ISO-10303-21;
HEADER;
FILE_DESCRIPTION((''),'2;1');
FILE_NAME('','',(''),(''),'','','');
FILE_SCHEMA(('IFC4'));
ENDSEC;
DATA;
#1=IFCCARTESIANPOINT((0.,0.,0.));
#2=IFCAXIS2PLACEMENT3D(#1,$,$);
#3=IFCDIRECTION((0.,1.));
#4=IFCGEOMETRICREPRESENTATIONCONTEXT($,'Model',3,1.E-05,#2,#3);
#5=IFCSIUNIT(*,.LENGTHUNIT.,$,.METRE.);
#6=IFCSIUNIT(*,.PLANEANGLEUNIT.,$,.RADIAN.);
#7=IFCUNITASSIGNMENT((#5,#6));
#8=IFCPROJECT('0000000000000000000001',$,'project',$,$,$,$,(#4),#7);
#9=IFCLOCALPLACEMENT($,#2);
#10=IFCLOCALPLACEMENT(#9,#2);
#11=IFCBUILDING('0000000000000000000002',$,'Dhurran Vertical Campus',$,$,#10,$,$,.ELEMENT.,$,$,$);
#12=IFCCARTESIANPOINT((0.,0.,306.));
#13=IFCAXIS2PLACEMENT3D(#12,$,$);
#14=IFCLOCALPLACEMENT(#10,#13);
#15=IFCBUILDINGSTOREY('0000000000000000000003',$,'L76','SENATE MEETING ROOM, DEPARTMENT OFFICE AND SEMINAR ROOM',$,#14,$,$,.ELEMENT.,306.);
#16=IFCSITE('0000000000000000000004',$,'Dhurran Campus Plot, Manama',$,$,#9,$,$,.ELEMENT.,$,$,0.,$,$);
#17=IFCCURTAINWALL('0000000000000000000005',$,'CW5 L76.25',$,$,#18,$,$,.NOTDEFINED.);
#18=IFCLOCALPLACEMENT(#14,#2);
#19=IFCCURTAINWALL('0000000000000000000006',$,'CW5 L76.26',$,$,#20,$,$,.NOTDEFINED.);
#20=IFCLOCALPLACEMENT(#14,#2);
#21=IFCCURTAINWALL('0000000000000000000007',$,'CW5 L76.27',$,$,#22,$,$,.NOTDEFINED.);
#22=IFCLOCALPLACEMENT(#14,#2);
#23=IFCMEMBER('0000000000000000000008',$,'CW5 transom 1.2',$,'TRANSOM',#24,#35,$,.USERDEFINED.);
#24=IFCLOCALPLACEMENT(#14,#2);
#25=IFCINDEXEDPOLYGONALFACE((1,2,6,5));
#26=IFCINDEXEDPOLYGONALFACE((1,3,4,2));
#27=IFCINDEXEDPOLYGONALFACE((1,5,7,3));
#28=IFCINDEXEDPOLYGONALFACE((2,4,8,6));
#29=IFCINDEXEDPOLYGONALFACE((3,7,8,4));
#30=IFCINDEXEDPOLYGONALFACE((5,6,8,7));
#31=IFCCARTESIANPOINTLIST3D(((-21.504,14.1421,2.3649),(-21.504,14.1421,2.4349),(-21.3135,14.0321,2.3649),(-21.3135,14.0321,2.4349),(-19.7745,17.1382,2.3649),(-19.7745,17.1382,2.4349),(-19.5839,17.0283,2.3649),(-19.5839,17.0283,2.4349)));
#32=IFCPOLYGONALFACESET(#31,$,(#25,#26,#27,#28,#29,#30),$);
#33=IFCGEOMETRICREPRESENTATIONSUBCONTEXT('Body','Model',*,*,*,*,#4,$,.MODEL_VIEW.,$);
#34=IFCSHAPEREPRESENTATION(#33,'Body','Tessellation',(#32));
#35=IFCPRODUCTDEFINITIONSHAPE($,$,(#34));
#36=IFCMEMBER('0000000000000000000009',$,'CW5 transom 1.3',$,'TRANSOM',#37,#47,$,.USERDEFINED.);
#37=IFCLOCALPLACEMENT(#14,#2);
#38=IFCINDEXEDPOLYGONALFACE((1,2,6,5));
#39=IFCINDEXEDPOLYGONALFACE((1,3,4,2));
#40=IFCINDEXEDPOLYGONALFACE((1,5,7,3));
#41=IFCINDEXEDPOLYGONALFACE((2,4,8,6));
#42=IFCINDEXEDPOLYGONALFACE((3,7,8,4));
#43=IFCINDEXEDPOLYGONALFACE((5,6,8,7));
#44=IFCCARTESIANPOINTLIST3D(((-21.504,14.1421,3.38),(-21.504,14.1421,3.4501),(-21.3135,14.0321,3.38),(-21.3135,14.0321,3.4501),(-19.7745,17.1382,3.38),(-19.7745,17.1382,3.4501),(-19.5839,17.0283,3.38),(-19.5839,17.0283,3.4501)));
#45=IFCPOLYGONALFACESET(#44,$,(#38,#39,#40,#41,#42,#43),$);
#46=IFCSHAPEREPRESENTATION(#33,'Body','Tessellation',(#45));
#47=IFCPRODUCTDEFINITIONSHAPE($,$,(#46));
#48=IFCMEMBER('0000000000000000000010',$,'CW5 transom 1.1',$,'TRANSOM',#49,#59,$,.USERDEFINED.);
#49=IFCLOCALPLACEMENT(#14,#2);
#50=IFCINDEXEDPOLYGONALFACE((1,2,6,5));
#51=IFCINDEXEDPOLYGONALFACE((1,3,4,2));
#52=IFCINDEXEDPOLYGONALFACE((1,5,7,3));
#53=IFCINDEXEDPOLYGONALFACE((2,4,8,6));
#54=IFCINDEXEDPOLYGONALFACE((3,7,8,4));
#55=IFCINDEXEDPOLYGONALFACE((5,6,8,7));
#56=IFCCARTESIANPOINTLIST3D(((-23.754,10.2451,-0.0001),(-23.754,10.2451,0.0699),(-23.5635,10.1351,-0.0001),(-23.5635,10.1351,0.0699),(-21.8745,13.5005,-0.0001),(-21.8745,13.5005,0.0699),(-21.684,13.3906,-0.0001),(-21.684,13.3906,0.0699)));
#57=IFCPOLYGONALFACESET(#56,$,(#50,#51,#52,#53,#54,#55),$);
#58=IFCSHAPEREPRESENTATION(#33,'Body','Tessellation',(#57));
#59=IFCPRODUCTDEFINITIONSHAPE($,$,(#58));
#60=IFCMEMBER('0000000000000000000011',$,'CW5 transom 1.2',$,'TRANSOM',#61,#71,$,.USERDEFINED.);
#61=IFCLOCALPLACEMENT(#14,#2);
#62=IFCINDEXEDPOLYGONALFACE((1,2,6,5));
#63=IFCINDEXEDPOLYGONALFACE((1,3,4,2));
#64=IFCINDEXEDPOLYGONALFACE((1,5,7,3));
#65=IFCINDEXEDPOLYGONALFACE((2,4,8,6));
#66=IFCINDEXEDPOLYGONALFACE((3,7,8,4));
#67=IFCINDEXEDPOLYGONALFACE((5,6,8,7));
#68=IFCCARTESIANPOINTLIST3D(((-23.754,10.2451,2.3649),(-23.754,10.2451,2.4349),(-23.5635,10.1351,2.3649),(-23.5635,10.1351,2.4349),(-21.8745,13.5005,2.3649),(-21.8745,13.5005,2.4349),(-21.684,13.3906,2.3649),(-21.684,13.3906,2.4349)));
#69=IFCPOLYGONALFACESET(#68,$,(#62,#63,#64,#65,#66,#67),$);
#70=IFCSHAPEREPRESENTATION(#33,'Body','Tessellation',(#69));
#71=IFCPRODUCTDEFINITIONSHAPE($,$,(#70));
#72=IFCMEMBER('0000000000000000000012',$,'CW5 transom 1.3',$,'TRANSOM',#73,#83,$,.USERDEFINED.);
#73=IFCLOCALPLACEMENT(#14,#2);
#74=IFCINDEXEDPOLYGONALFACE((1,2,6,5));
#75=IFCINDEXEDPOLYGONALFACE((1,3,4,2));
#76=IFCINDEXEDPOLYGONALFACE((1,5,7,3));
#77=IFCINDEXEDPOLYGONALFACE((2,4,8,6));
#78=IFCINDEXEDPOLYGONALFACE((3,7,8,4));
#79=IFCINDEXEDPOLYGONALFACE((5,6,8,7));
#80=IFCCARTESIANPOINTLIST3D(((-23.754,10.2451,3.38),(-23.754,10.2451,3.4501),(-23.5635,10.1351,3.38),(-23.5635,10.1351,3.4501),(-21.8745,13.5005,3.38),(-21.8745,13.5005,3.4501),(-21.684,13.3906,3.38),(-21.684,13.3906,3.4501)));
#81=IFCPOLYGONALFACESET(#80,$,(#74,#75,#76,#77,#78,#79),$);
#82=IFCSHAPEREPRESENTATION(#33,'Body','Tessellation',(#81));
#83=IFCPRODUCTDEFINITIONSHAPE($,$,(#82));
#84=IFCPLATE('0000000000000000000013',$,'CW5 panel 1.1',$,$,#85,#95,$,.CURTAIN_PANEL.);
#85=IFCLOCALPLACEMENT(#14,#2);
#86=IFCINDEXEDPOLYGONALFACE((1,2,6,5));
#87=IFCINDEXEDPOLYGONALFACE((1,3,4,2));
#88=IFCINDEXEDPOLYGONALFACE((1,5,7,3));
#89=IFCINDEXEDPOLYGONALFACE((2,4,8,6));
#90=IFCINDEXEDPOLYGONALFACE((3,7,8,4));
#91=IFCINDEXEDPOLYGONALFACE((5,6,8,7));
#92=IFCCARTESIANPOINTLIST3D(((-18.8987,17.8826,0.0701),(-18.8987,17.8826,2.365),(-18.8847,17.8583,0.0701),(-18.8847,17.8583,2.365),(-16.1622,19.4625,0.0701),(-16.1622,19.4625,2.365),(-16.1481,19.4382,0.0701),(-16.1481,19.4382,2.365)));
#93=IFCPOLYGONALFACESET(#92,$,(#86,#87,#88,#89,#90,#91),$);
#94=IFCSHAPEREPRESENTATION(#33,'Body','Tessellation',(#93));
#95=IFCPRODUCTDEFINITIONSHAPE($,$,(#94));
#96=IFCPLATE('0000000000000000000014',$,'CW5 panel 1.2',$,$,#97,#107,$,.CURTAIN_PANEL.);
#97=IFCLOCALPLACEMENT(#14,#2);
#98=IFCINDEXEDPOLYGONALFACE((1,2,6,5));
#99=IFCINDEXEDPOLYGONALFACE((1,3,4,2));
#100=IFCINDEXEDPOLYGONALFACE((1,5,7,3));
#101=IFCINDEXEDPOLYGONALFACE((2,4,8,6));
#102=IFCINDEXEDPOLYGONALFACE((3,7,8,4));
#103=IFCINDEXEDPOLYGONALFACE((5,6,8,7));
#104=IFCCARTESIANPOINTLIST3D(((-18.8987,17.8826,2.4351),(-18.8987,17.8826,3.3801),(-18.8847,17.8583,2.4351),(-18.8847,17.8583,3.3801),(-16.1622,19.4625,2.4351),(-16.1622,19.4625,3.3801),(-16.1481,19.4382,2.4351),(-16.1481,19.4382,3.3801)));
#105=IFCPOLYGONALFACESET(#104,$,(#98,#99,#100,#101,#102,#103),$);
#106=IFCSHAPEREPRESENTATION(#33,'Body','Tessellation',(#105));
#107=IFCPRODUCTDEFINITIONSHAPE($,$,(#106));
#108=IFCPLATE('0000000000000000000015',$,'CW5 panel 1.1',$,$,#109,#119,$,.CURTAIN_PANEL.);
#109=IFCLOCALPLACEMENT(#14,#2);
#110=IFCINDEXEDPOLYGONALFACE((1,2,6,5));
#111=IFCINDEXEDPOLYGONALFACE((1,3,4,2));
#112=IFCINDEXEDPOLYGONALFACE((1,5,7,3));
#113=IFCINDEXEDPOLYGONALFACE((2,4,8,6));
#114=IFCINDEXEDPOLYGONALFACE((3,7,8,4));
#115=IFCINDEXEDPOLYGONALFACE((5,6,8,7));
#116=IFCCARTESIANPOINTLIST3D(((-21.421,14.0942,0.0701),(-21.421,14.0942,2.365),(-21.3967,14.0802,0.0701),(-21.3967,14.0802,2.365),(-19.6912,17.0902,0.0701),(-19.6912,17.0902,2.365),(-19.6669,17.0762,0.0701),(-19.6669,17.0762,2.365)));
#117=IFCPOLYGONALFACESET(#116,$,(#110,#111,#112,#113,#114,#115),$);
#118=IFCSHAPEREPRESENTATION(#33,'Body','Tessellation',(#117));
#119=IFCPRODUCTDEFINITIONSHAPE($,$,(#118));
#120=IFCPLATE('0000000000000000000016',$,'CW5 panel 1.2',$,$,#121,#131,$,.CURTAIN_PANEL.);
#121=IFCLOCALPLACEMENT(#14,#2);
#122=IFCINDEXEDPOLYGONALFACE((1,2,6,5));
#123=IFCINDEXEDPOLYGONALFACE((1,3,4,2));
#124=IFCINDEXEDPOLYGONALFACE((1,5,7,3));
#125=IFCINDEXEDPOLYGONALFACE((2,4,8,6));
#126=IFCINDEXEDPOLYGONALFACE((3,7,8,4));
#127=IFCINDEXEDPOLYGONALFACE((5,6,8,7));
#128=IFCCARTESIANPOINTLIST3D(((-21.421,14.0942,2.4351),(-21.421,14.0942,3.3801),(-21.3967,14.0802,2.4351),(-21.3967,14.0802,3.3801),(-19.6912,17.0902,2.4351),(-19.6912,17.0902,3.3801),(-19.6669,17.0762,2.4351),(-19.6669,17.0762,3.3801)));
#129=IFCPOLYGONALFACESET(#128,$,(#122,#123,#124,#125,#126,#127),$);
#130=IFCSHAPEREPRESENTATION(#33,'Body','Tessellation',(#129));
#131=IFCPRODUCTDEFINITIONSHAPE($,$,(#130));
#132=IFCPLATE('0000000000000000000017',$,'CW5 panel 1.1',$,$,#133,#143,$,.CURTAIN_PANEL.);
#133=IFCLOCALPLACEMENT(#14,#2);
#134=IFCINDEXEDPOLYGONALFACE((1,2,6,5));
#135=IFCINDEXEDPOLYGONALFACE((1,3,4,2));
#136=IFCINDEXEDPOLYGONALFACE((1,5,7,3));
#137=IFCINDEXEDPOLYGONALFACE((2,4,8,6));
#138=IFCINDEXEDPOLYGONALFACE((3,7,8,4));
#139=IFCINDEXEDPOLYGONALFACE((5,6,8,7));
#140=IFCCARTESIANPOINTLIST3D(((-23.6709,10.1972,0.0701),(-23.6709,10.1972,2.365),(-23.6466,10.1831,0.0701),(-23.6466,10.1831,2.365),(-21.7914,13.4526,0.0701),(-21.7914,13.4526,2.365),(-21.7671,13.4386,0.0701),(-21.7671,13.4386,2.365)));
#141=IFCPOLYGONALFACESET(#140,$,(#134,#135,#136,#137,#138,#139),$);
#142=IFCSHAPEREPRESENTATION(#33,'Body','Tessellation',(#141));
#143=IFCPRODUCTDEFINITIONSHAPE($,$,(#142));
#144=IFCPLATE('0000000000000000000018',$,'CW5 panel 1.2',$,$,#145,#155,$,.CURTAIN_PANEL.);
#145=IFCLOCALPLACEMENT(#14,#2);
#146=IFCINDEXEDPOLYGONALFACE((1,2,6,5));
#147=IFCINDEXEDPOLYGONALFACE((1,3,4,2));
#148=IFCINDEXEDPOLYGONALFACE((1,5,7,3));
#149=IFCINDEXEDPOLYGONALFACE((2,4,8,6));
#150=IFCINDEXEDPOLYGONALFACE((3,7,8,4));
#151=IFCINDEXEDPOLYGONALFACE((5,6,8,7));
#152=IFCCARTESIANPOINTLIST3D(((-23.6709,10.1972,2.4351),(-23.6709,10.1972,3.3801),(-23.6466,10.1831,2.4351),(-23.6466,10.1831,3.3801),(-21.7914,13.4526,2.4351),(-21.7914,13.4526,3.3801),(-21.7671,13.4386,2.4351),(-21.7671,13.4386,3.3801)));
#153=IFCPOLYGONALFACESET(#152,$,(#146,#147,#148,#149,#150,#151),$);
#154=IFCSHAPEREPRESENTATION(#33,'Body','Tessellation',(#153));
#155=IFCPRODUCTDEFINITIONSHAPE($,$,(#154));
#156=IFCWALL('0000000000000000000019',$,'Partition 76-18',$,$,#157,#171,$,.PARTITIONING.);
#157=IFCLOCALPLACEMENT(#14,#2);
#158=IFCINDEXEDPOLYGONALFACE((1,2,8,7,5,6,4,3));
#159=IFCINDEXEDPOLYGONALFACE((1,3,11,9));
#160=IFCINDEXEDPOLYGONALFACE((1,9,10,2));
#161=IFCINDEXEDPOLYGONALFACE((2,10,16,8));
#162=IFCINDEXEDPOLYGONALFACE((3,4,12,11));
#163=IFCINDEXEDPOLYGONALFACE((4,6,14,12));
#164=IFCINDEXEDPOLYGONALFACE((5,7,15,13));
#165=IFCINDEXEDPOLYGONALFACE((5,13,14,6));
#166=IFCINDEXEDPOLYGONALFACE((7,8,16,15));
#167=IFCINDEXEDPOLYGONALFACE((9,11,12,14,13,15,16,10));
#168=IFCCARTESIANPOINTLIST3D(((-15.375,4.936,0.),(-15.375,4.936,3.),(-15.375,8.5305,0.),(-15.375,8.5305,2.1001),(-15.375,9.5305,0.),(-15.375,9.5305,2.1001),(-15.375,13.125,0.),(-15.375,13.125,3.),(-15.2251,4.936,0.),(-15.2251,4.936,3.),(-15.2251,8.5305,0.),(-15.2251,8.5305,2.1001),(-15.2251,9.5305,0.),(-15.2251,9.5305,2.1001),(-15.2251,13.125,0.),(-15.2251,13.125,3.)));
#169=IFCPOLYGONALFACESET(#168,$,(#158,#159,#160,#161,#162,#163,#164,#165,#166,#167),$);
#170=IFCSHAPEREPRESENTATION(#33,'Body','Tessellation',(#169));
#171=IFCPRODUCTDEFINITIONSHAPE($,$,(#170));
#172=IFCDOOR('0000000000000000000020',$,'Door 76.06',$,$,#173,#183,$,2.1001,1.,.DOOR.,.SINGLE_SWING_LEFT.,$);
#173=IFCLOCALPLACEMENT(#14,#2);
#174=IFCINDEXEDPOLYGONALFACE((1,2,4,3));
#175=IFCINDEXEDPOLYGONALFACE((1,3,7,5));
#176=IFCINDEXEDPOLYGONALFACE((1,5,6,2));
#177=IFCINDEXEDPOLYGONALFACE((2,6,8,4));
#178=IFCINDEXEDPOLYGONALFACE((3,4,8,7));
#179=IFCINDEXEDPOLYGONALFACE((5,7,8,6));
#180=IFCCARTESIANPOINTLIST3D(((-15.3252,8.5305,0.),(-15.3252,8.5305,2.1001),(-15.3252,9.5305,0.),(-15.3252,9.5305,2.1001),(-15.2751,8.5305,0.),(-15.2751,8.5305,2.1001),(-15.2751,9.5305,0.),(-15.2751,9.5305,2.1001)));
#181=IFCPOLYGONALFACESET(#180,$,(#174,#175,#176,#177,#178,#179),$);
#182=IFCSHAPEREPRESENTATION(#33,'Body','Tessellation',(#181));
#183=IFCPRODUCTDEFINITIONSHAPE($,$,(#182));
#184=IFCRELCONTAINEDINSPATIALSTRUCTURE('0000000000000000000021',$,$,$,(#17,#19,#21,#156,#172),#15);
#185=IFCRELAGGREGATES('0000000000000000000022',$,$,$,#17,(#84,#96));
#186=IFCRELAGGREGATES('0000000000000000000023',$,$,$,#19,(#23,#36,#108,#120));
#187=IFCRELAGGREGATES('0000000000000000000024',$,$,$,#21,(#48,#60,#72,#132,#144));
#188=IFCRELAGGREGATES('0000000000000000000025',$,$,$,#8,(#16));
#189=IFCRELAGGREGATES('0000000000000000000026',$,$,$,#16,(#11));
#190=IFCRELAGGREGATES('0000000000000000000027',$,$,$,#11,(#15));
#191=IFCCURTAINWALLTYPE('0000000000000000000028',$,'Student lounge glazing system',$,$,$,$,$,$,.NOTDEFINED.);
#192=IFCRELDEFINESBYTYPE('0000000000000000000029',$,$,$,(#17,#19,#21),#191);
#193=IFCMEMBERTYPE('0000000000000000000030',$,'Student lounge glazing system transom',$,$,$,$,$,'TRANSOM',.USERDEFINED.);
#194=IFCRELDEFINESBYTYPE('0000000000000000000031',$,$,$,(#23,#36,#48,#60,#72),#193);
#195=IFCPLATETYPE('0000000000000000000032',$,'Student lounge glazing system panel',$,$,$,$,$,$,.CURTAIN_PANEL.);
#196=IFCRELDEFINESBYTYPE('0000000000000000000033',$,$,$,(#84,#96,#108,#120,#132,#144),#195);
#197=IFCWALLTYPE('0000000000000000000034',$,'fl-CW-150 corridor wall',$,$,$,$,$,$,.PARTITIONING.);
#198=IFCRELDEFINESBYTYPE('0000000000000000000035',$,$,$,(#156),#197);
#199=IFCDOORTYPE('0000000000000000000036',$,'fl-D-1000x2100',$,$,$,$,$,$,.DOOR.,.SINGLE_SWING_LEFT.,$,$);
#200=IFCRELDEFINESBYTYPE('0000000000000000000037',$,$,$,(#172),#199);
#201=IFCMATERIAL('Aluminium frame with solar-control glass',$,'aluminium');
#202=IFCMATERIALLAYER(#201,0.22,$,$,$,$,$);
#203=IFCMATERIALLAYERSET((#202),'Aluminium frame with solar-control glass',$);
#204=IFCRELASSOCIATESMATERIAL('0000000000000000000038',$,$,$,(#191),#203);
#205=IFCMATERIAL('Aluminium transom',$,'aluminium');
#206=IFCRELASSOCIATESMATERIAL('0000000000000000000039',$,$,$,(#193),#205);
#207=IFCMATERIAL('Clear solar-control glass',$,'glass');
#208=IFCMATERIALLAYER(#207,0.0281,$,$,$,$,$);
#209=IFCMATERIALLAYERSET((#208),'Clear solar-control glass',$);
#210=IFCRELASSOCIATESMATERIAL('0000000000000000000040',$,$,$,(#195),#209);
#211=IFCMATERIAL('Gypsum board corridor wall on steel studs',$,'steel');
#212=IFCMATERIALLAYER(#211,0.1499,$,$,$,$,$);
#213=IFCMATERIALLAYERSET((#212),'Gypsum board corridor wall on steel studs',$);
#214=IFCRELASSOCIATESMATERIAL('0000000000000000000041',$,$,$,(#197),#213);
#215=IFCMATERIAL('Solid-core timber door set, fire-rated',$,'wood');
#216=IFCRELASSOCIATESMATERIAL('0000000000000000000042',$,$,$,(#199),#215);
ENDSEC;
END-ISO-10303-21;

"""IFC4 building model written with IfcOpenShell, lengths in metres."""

from ifc_helpers import new_model, si_unit, direction, frame, frame_2d, origin, origin_2d, place, context, subcontext, project, spatial, rectangle, extrude, material, layer, layer_set, material_profile, profile_set, type_object, element, fill, aggregate, save


model = new_model("IFC4")

# Units and contexts
model_context = context("Model", 3, precision=1e-05, world=origin(), true_north=direction((0.0, 1.0)))
body_context = subcontext(model_context, "Body", "Model", "MODEL_VIEW")
ifc_project = project(units=[si_unit("LENGTHUNIT", "METRE"), si_unit("PLANEANGLEUNIT", "RADIAN")], contexts=[model_context])

# Site, building, storey
site_placement = place(None, origin())
site = spatial("IfcSite", under=ifc_project, at=site_placement, Name="Dhurran Campus Plot, Manama", CompositionType="ELEMENT", RefElevation=0.0)
building_placement = place(site_placement, origin())
building = spatial("IfcBuilding", under=site, at=building_placement, Name="Dhurran Vertical Campus", CompositionType="ELEMENT")
storey_placement = place(building_placement, frame((0.0, 0.0, 306.0)))
storey = spatial("IfcBuildingStorey", under=building, at=storey_placement, Name="L76", Description="SENATE MEETING ROOM, DEPARTMENT OFFICE AND SEMINAR ROOM", CompositionType="ELEMENT", Elevation=306.0)

# Curtain walls
ifc_material_1 = material(Name="Aluminium frame with solar-control glass", Category="aluminium")
ifc_layer_1 = layer(ifc_material_1, 0.22)
ifc_layer_set_1 = layer_set([ifc_layer_1], Name="Aluminium frame with solar-control glass")
curtain_wall_type = type_object("IfcCurtainWallType", Name="Student lounge glazing system", PredefinedType="NOTDEFINED", material=ifc_layer_set_1)
curtain_wall_1_placement = place(storey_placement, origin())
curtain_wall_1 = element("IfcCurtainWall", 1, at=curtain_wall_1_placement, inside=storey, type_object=curtain_wall_type, Name="CW5 L76.25", PredefinedType="NOTDEFINED")
curtain_wall_2_placement = place(storey_placement, origin())
curtain_wall_2 = element("IfcCurtainWall", 2, at=curtain_wall_2_placement, inside=storey, type_object=curtain_wall_type, Name="CW5 L76.26", PredefinedType="NOTDEFINED")
curtain_wall_3_placement = place(storey_placement, origin())
curtain_wall_3 = element("IfcCurtainWall", 3, at=curtain_wall_3_placement, inside=storey, type_object=curtain_wall_type, Name="CW5 L76.27", PredefinedType="NOTDEFINED")

# Members
ifc_material_2 = material(Name="Aluminium transom", Category="aluminium")
ifc_material_profile_1 = material_profile(ifc_material_2, rectangle(XDim=0.22, YDim=0.0701, at=origin_2d()), Name="Student lounge glazing system transom")
ifc_profile_set_1 = profile_set([ifc_material_profile_1], Name="Aluminium transom")
member_type_1 = type_object("IfcMemberType", Name="Student lounge glazing system transom", ElementType="TRANSOM", PredefinedType="USERDEFINED", material=ifc_profile_set_1)
member_1_placement = place(storey_placement, frame((-19.6792, 17.0833, 2.3999), z_axis=(-0.499934, -0.866063, 0.0), x_axis=(0.866063, -0.499934, 0.0)))
member_1 = element("IfcMember", 4, at=member_1_placement, type_object=member_type_1, Name="CW5 transom 1.2", ObjectType="TRANSOM", PredefinedType="USERDEFINED", context=body_context, shape_type="SweptSolid", body=[
    extrude(rectangle(XDim=0.22, YDim=0.0701, at=origin_2d()), origin(), (0.0, 0.0, 1.0), 3.4595),
])
member_2_placement = place(storey_placement, frame((-19.6792, 17.0833, 3.415), z_axis=(-0.499934, -0.866063, 0.0), x_axis=(0.866063, -0.499934, 0.0)))
member_2 = element("IfcMember", 5, at=member_2_placement, type_object=member_type_1, Name="CW5 transom 1.3", ObjectType="TRANSOM", PredefinedType="USERDEFINED", context=body_context, shape_type="SweptSolid", body=[
    extrude(rectangle(XDim=0.22, YDim=0.0701, at=origin_2d()), origin(), (0.0, 0.0, 1.0), 3.4595),
])
member_3_placement = place(storey_placement, frame((-21.7793, 13.4456, 0.0349), z_axis=(-0.499981, -0.866036, 0.0), x_axis=(0.866036, -0.499981, 0.0)))
member_3 = element("IfcMember", 6, at=member_3_placement, type_object=member_type_1, Name="CW5 transom 1.1", ObjectType="TRANSOM", PredefinedType="USERDEFINED", context=body_context, shape_type="SweptSolid", body=[
    extrude(rectangle(XDim=0.22, YDim=0.0701, at=origin_2d()), origin(), (0.0, 0.0, 1.0), 3.759),
])
member_4_placement = place(storey_placement, frame((-21.7793, 13.4456, 2.3999), z_axis=(-0.499981, -0.866036, 0.0), x_axis=(0.866036, -0.499981, 0.0)))
member_4 = element("IfcMember", 7, at=member_4_placement, type_object=member_type_1, Name="CW5 transom 1.2", ObjectType="TRANSOM", PredefinedType="USERDEFINED", context=body_context, shape_type="SweptSolid", body=[
    extrude(rectangle(XDim=0.22, YDim=0.0701, at=origin_2d()), origin(), (0.0, 0.0, 1.0), 3.759),
])
member_5_placement = place(storey_placement, frame((-21.7793, 13.4456, 3.415), z_axis=(-0.499981, -0.866036, 0.0), x_axis=(0.866036, -0.499981, 0.0)))
member_5 = element("IfcMember", 8, at=member_5_placement, type_object=member_type_1, Name="CW5 transom 1.3", ObjectType="TRANSOM", PredefinedType="USERDEFINED", context=body_context, shape_type="SweptSolid", body=[
    extrude(rectangle(XDim=0.22, YDim=0.0701, at=origin_2d()), origin(), (0.0, 0.0, 1.0), 3.759),
])

# Plates
ifc_material_3 = material(Name="Clear solar-control glass", Category="glass")
ifc_layer_2 = layer(ifc_material_3, 0.0281)
ifc_layer_set_2 = layer_set([ifc_layer_2], Name="Clear solar-control glass")
plate_type = type_object("IfcPlateType", Name="Student lounge glazing system panel", PredefinedType="CURTAIN_PANEL", material=ifc_layer_set_2)
plate_1_placement = place(storey_placement, frame((-17.5234, 18.6604, 0.0701), z_axis=(0.0, 0.0, 1.0), x_axis=(-0.866025, -0.500001, 0.0)))
plate_1 = element("IfcPlate", 9, at=plate_1_placement, type_object=plate_type, Name="CW5 panel 1.1", PredefinedType="CURTAIN_PANEL", context=body_context, shape_type="SweptSolid", body=[
    extrude(rectangle(XDim=3.1599, YDim=0.0281, at=origin_2d()), origin(), (0.0, 0.0, 1.0), 2.2949),
])
plate_2_placement = place(storey_placement, frame((-17.5234, 18.6604, 2.4351), z_axis=(0.0, 0.0, 1.0), x_axis=(-0.866025, -0.500001, 0.0)))
plate_2 = element("IfcPlate", 10, at=plate_2_placement, type_object=plate_type, Name="CW5 panel 1.2", PredefinedType="CURTAIN_PANEL", context=body_context, shape_type="SweptSolid", body=[
    extrude(rectangle(XDim=3.1599, YDim=0.0281, at=origin_2d()), origin(), (0.0, 0.0, 1.0), 0.9451),
])
aggregate(curtain_wall_1, [plate_1, plate_2])
plate_3_placement = place(storey_placement, frame((-20.5439, 15.5852, 0.0701), z_axis=(0.0, 0.0, 1.0), x_axis=(-0.499997, -0.866027, 0.0)))
plate_3 = element("IfcPlate", 11, at=plate_3_placement, type_object=plate_type, Name="CW5 panel 1.1", PredefinedType="CURTAIN_PANEL", context=body_context, shape_type="SweptSolid", body=[
    extrude(rectangle(XDim=3.4595, YDim=0.0281, at=origin_2d()), origin(), (0.0, 0.0, 1.0), 2.2949),
])
plate_4_placement = place(storey_placement, frame((-20.5439, 15.5852, 2.4351), z_axis=(0.0, 0.0, 1.0), x_axis=(-0.499997, -0.866027, 0.0)))
plate_4 = element("IfcPlate", 12, at=plate_4_placement, type_object=plate_type, Name="CW5 panel 1.2", PredefinedType="CURTAIN_PANEL", context=body_context, shape_type="SweptSolid", body=[
    extrude(rectangle(XDim=3.4595, YDim=0.0281, at=origin_2d()), origin(), (0.0, 0.0, 1.0), 0.9451),
])
aggregate(curtain_wall_2, [member_1, member_2, plate_3, plate_4])
plate_5_placement = place(storey_placement, frame((-22.719, 11.8179, 0.0701), z_axis=(0.0, 0.0, 1.0), x_axis=(-0.500004, -0.866023, 0.0)))
plate_5 = element("IfcPlate", 13, at=plate_5_placement, type_object=plate_type, Name="CW5 panel 1.1", PredefinedType="CURTAIN_PANEL", context=body_context, shape_type="SweptSolid", body=[
    extrude(rectangle(XDim=3.759, YDim=0.0281, at=origin_2d()), origin(), (0.0, 0.0, 1.0), 2.2949),
])
plate_6_placement = place(storey_placement, frame((-22.719, 11.8179, 2.4351), z_axis=(0.0, 0.0, 1.0), x_axis=(-0.500004, -0.866023, 0.0)))
plate_6 = element("IfcPlate", 14, at=plate_6_placement, type_object=plate_type, Name="CW5 panel 1.2", PredefinedType="CURTAIN_PANEL", context=body_context, shape_type="SweptSolid", body=[
    extrude(rectangle(XDim=3.759, YDim=0.0281, at=origin_2d()), origin(), (0.0, 0.0, 1.0), 0.9451),
])
aggregate(curtain_wall_3, [member_3, member_4, member_5, plate_5, plate_6])

# Wall, opening, door
ifc_material_4 = material(Name="Gypsum board corridor wall on steel studs", Category="steel")
ifc_layer_3 = layer(ifc_material_4, 0.1499)
ifc_layer_set_3 = layer_set([ifc_layer_3], Name="Gypsum board corridor wall on steel studs")
wall_type_1 = type_object("IfcWallType", Name="fl-CW-150 corridor wall", PredefinedType="PARTITIONING", material=ifc_layer_set_3)
wall_1_placement = place(storey_placement, frame((-15.3, 13.125, 0.0), z_axis=(0.0, 0.0, 1.0), x_axis=(0.0, -1.0, 0.0)))
wall_1 = element("IfcWall", 15, at=wall_1_placement, inside=storey, type_object=wall_type_1, Name="Partition 76-18", PredefinedType="PARTITIONING", context=body_context, shape_type="SweptSolid", body=[
    extrude(rectangle(XDim=8.189, YDim=0.1499, at=frame_2d((4.0945, 0.0))), origin(), (0.0, 0.0, 1.0), 3.0),
])
opening_placement = place(wall_1_placement, frame((3.5945, 0.0, 0.0)))
opening = element("IfcOpeningElement", 16, at=opening_placement, cuts=wall_1, PredefinedType="OPENING", context=body_context, shape_type="SweptSolid", body=[
    extrude(rectangle(XDim=1.0, YDim=2.1001, at=frame_2d((0.5, 1.05))), frame((0.0, 0.085, 0.0), z_axis=(0.0, -1.0, 0.0), x_axis=(1.0, 0.0, 0.0)), (0.0, 0.0, 1.0), 0.1699),
])
ifc_material_5 = material(Name="Solid-core timber door set, fire-rated", Category="wood")
door_type = type_object("IfcDoorType", Name="fl-D-1000x2100", OperationType="SINGLE_SWING_LEFT", PredefinedType="DOOR", material=ifc_material_5)
door_placement = place(opening_placement, origin())
door = element("IfcDoor", 17, at=door_placement, inside=storey, type_object=door_type, Name="Door 76.06", OperationType="SINGLE_SWING_LEFT", OverallHeight=2.1001, OverallWidth=1.0, PredefinedType="DOOR", context=body_context, shape_type="SweptSolid", body=[
    extrude(rectangle(XDim=1.0, YDim=2.1001, at=frame_2d((0.5, 1.05))), frame((0.0, 0.0249, 0.0), z_axis=(0.0, -1.0, 0.0), x_axis=(1.0, 0.0, 0.0)), (0.0, 0.0, 1.0), 0.05),
])
fill(opening, door)

save(model, "model.ifc")
